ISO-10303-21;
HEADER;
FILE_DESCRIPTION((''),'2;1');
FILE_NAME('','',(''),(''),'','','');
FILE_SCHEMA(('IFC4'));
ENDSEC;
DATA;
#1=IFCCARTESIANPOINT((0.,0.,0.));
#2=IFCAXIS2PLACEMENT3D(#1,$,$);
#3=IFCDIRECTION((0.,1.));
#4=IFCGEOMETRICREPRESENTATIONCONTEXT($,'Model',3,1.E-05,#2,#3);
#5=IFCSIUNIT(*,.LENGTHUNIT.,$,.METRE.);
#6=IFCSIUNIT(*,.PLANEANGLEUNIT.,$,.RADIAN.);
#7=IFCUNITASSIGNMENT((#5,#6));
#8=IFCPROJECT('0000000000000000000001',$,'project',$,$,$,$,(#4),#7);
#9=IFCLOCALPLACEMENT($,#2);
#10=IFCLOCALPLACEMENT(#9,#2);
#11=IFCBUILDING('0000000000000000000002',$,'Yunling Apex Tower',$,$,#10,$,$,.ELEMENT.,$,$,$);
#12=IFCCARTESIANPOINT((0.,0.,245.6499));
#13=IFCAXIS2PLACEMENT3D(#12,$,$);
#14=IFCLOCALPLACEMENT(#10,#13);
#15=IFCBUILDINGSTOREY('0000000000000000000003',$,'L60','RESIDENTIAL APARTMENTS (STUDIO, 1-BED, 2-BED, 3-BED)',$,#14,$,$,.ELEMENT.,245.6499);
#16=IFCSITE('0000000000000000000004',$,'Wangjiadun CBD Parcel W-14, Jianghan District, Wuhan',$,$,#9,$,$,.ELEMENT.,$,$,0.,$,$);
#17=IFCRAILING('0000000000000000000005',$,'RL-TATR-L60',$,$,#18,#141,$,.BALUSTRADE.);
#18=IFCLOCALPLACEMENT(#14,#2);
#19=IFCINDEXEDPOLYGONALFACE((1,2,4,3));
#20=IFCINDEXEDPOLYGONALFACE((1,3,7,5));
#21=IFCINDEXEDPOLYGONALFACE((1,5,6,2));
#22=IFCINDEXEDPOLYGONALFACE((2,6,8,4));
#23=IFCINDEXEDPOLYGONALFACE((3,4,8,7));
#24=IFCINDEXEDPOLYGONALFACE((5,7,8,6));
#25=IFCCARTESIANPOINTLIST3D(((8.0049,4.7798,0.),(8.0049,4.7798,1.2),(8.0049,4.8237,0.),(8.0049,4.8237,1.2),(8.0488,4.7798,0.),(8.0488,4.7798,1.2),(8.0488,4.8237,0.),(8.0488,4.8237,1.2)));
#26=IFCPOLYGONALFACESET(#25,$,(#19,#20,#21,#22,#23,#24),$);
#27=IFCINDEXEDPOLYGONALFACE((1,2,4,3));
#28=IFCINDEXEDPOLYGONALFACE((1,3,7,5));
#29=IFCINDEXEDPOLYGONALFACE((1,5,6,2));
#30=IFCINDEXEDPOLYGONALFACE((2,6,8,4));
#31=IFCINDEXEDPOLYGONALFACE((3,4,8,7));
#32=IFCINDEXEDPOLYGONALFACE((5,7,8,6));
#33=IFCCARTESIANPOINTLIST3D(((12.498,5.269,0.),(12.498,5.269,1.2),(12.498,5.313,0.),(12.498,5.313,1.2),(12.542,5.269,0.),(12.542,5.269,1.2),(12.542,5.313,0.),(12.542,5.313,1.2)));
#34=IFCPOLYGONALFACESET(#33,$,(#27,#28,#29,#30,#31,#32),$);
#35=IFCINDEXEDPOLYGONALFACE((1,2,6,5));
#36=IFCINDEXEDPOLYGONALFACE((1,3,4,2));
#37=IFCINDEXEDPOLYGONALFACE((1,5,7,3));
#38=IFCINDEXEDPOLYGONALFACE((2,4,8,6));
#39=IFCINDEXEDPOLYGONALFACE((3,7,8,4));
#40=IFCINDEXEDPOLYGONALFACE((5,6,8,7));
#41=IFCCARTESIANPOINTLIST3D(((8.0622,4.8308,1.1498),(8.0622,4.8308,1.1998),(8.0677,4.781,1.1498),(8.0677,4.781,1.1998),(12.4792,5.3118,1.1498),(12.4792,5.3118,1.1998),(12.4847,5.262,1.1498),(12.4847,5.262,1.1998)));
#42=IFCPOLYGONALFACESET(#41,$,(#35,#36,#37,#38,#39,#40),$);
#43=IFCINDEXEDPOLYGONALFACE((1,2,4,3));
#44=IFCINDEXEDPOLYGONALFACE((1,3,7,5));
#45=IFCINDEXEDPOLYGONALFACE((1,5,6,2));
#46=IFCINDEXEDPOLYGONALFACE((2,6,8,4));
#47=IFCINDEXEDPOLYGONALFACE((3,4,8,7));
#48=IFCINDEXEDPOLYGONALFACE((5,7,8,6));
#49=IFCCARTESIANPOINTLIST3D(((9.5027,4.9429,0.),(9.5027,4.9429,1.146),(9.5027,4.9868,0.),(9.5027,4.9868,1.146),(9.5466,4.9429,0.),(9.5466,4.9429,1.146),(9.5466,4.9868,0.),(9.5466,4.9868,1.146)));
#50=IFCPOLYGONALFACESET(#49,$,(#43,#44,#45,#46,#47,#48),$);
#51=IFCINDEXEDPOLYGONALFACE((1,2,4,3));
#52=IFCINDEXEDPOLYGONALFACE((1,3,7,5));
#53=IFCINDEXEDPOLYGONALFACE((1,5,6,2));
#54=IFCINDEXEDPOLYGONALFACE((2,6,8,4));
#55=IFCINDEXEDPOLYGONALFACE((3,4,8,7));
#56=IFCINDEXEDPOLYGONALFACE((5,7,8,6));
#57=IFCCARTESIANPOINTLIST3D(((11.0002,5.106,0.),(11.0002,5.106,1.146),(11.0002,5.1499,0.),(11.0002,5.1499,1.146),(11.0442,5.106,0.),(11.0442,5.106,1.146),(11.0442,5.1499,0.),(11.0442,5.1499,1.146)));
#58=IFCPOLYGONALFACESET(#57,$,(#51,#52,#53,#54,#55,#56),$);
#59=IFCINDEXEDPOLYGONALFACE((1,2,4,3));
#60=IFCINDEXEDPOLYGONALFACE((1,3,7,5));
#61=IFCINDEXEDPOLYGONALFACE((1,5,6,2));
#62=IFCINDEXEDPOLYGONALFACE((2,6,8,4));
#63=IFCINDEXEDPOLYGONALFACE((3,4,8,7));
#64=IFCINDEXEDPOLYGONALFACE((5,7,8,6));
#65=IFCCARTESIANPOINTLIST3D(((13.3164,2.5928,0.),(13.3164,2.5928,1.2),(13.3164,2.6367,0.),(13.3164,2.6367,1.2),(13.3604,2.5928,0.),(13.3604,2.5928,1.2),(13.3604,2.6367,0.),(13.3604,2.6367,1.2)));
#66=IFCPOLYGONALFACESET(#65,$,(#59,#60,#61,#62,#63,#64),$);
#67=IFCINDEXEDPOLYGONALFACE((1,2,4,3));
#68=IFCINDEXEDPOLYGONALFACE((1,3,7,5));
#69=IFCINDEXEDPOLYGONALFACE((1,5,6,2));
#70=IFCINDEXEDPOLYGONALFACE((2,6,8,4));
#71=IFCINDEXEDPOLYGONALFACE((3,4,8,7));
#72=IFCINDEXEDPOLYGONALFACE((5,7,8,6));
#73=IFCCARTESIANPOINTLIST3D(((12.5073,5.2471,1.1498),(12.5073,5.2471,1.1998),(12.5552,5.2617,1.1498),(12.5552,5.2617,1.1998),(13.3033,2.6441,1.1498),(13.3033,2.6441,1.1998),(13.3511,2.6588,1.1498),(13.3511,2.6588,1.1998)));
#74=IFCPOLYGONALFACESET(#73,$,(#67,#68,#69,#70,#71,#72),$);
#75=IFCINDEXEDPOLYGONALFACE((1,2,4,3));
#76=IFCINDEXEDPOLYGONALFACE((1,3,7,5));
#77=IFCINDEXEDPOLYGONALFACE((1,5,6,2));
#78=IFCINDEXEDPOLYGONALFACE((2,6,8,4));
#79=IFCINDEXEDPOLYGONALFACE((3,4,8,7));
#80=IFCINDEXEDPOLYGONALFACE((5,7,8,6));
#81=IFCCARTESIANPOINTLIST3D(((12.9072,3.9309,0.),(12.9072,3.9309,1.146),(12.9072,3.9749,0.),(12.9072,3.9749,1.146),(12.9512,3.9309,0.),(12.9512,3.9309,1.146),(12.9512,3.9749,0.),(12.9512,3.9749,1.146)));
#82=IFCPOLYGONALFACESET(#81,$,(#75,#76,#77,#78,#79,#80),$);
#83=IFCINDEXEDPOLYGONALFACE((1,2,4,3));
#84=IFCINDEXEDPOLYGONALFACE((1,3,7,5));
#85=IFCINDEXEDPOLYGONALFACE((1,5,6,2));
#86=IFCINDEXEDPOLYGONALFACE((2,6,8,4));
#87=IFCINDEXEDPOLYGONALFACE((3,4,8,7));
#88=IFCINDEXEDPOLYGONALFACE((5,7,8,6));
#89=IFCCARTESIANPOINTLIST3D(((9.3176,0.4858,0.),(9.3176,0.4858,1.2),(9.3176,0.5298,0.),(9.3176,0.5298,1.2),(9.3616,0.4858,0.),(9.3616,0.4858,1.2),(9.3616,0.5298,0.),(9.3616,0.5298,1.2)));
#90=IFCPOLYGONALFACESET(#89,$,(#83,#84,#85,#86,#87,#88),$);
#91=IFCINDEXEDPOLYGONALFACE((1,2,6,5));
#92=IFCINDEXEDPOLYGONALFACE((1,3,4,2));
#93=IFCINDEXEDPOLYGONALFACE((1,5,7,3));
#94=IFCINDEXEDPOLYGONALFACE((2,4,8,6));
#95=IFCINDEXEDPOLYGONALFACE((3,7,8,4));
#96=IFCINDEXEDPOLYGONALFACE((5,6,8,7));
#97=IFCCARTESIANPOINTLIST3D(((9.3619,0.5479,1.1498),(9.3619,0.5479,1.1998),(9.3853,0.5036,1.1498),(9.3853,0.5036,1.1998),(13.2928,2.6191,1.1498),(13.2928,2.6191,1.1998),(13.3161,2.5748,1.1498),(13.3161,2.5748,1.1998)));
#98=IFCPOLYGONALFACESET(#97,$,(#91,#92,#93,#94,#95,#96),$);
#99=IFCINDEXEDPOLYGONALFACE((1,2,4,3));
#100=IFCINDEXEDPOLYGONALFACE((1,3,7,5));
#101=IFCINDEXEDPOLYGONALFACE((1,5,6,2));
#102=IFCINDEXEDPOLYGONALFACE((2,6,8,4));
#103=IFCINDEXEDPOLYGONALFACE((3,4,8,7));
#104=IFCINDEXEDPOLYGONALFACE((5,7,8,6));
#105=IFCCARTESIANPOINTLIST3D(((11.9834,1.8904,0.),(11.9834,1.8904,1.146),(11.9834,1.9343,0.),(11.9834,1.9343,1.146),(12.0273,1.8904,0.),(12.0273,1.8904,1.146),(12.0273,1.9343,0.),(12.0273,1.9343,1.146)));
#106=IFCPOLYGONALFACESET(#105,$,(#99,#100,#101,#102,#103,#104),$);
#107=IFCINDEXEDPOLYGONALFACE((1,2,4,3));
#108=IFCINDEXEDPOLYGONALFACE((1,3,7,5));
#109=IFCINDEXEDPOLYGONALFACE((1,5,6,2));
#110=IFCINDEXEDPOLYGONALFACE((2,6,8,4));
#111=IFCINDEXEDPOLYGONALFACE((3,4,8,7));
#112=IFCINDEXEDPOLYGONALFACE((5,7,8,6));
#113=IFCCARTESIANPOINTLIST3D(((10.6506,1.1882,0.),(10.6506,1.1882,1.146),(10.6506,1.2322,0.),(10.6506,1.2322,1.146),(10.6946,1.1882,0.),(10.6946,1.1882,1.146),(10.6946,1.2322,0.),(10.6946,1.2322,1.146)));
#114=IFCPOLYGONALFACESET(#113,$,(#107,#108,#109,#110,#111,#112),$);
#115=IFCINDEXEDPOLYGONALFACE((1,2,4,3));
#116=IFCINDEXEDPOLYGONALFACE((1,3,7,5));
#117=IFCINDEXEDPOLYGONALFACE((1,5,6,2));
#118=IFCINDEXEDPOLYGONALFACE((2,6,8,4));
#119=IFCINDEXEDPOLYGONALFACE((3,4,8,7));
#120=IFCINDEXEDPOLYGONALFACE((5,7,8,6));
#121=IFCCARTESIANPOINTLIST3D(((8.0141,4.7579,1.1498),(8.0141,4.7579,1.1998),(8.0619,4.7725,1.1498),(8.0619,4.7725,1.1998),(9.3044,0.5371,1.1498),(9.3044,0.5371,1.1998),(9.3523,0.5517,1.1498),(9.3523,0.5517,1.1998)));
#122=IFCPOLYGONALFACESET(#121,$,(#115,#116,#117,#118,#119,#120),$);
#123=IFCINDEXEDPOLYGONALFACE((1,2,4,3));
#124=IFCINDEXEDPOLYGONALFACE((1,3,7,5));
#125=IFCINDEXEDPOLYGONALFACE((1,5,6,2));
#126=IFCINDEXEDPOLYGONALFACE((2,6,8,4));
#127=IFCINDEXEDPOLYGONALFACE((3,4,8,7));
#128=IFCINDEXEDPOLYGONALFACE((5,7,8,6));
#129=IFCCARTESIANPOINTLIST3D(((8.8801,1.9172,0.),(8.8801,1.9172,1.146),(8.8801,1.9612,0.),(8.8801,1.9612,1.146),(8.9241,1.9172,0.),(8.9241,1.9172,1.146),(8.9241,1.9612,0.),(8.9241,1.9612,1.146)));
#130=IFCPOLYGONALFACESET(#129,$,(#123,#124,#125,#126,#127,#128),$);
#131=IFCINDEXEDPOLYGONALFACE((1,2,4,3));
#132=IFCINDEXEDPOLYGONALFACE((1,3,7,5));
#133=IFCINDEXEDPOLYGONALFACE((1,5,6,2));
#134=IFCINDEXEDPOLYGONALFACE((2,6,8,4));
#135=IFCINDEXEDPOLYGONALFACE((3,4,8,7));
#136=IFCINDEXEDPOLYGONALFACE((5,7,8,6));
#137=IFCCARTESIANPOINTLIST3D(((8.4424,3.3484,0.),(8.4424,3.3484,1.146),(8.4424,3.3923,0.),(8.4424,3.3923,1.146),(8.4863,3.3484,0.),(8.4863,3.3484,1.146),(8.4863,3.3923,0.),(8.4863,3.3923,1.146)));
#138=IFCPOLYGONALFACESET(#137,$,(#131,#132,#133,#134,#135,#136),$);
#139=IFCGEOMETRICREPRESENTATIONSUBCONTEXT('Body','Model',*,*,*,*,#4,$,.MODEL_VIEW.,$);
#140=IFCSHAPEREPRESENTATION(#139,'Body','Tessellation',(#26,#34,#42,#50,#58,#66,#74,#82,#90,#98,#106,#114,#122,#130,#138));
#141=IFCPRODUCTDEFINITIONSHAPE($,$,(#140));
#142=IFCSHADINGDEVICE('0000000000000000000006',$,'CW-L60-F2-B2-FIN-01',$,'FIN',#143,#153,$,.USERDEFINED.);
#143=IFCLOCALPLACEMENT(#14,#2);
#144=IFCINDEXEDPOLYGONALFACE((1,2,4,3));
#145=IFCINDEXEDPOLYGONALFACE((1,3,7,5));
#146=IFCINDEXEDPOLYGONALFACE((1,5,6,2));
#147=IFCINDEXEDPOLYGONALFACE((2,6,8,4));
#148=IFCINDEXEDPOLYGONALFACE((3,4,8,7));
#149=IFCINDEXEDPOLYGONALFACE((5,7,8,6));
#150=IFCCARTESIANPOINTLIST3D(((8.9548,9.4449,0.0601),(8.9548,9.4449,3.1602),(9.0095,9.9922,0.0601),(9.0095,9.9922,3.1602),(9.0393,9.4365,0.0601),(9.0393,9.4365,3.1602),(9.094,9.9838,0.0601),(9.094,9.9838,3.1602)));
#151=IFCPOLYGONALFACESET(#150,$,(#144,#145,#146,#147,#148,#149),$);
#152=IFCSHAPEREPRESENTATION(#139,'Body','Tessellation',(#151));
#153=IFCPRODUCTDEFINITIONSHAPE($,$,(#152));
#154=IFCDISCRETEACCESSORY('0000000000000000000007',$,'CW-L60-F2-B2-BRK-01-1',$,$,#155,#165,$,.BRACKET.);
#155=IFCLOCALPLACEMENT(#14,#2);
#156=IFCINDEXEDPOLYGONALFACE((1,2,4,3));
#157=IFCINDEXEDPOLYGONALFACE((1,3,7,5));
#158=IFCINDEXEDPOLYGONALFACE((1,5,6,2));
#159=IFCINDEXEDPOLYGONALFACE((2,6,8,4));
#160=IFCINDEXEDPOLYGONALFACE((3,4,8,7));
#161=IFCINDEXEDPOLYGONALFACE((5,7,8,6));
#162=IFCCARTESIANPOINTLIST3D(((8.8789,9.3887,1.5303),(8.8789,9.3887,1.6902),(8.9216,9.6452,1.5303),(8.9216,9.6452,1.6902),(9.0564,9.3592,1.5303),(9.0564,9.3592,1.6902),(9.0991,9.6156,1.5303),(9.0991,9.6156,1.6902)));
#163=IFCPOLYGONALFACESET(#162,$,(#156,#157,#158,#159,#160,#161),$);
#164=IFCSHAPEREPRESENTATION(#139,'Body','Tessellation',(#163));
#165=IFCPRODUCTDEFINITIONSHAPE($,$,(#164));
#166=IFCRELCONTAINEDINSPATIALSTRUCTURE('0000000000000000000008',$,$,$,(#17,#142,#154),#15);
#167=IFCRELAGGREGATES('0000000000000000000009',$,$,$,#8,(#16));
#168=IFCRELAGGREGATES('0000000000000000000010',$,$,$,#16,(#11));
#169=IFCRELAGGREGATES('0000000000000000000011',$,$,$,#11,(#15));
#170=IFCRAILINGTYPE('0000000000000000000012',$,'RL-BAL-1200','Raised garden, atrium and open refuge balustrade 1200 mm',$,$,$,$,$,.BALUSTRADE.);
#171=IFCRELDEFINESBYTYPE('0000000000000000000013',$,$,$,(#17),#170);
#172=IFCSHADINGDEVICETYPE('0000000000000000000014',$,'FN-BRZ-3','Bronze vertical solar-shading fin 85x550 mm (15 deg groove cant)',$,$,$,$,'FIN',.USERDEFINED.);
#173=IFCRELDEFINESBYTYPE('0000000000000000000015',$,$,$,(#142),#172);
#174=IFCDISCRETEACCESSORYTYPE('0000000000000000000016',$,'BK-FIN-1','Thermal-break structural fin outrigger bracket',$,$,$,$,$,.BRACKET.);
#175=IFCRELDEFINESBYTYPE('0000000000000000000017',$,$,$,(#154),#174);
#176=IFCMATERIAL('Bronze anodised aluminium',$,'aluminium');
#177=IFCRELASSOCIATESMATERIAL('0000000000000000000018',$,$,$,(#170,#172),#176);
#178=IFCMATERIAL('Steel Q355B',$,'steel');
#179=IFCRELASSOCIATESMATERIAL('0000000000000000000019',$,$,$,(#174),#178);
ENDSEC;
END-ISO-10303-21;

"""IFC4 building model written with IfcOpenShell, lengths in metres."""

from ifc_helpers import new_model, si_unit, direction, frame, origin, origin_2d, place, context, subcontext, project, spatial, rectangle, extrude, source, transform, mapped, material, material_profile, profile_set, type_object, element, save


model = new_model("IFC4")

# Units and contexts
model_context = context("Model", 3, precision=1e-05, world=origin(), true_north=direction((0.0, 1.0)))
body_context = subcontext(model_context, "Body", "Model", "MODEL_VIEW")
ifc_project = project(units=[si_unit("LENGTHUNIT", "METRE"), si_unit("PLANEANGLEUNIT", "RADIAN")], contexts=[model_context])

# Site, building, storey
site_placement = place(None, origin())
site = spatial("IfcSite", under=ifc_project, at=site_placement, Name="Wangjiadun CBD Parcel W-14, Jianghan District, Wuhan", CompositionType="ELEMENT", RefElevation=0.0)
building_placement = place(site_placement, origin())
building = spatial("IfcBuilding", under=site, at=building_placement, Name="Yunling Apex Tower", CompositionType="ELEMENT")
storey_placement = place(building_placement, frame((0.0, 0.0, 245.6499)))
storey = spatial("IfcBuildingStorey", under=building, at=storey_placement, Name="L60", Description="RESIDENTIAL APARTMENTS (STUDIO, 1-BED, 2-BED, 3-BED)", CompositionType="ELEMENT", Elevation=245.6499)

# Shared definitions
ifc_material_1 = material(Name="Steel Q355B", Category="steel")

# Shared definitions
ifc_material_2 = material(Name="Bronze anodised aluminium", Category="aluminium")

# Railing
railing_type = type_object("IfcRailingType", Name="RL-BAL-1200", Description="Raised garden, atrium and open refuge balustrade 1200 mm", PredefinedType="BALUSTRADE", material=ifc_material_2)
railing_1_placement = place(storey_placement, frame((8.0269, 4.8018, 0.0)))
element("IfcRailing", 1, at=railing_1_placement, inside=storey, type_object=railing_type, Name="RL-TATR-L60", PredefinedType="BALUSTRADE", context=body_context, shape_type="SweptSolid", body=[
    extrude(rectangle(XDim=0.0439, YDim=0.0439, at=origin_2d()), origin(), (0.0, 0.0, 1.0), 1.2),
    extrude(rectangle(XDim=0.0439, YDim=0.0439, at=origin_2d()), frame((4.4932, 0.4893, 0.0)), (0.0, 0.0, 1.0), 1.2),
    extrude(rectangle(XDim=0.05, YDim=0.05, at=origin_2d()), frame((0.0381, 0.0042, 1.1748), z_axis=(0.994124, 0.10825, 0.0), x_axis=(-0.10825, 0.994124, 0.0)), (0.0, 0.0, 1.0), 4.4431),
    extrude(rectangle(XDim=0.0439, YDim=0.0439, at=origin_2d()), frame((1.4978, 0.1631, 0.0)), (0.0, 0.0, 1.0), 1.146),
    extrude(rectangle(XDim=0.0439, YDim=0.0439, at=origin_2d()), frame((2.9954, 0.3262, 0.0)), (0.0, 0.0, 1.0), 1.146),
    extrude(rectangle(XDim=0.0439, YDim=0.0439, at=origin_2d()), frame((5.3115, -2.187, 0.0)), (0.0, 0.0, 1.0), 1.2),
    extrude(rectangle(XDim=0.05, YDim=0.05, at=origin_2d()), frame((4.5044, 0.4526, 1.1748), z_axis=(0.292418, -0.956291, 0.0), x_axis=(0.956291, 0.292418, 0.0)), (0.0, 0.0, 1.0), 2.7219),
    extrude(rectangle(XDim=0.0439, YDim=0.0439, at=origin_2d()), frame((4.9023, -0.8489, 0.0)), (0.0, 0.0, 1.0), 1.146),
    extrude(rectangle(XDim=0.0439, YDim=0.0439, at=origin_2d()), frame((1.3127, -4.2939, 0.0)), (0.0, 0.0, 1.0), 1.2),
    extrude(rectangle(XDim=0.05, YDim=0.05, at=origin_2d()), frame((5.2776, -2.2048, 1.1748), z_axis=(-0.884707, -0.466147, 0.0), x_axis=(0.466147, -0.884707, 0.0)), (0.0, 0.0, 1.0), 4.4431),
    extrude(rectangle(XDim=0.0439, YDim=0.0439, at=origin_2d()), frame((3.9785, -2.8894, 0.0)), (0.0, 0.0, 1.0), 1.146),
    extrude(rectangle(XDim=0.0439, YDim=0.0439, at=origin_2d()), frame((2.6458, -3.5916, 0.0)), (0.0, 0.0, 1.0), 1.146),
    extrude(rectangle(XDim=0.05, YDim=0.05, at=origin_2d()), frame((1.3015, -4.2573, 1.1748), z_axis=(-0.292362, 0.956308, 0.0), x_axis=(-0.956308, -0.292362, 0.0)), (0.0, 0.0, 1.0), 4.4136),
    extrude(rectangle(XDim=0.0439, YDim=0.0439, at=origin_2d()), frame((0.8752, -2.8625, 0.0)), (0.0, 0.0, 1.0), 1.146),
    extrude(rectangle(XDim=0.0439, YDim=0.0439, at=origin_2d()), frame((0.4375, -1.4314, 0.0)), (0.0, 0.0, 1.0), 1.146),
])

# Shading device
ifc_material_profile_1 = material_profile(ifc_material_2, rectangle(XDim=0.085, YDim=0.55, at=origin_2d()))
ifc_profile_set_1 = profile_set([ifc_material_profile_1], Name="Bronze anodised aluminium")
shading_device_type = type_object("IfcShadingDeviceType", Name="FN-BRZ-3", Description="Bronze vertical solar-shading fin 85x550 mm (15 deg groove cant)", ElementType="FIN", PredefinedType="USERDEFINED", material=ifc_profile_set_1)
shared_shape_1 = source(origin(), body_context, "Body", "SweptSolid", [
    extrude(rectangle(XDim=0.085, YDim=0.55, at=origin_2d()), origin(), (0.0, 0.0, 1.0), 3.1001),
])
shading_device_placement = place(storey_placement, frame((9.0244, 9.7144, 0.0601), z_axis=(0.0, 0.0, 1.0), x_axis=(-0.995038, 0.099493, 0.0)))
element("IfcShadingDevice", 2, at=shading_device_placement, inside=storey, type_object=shading_device_type, Name="CW-L60-F2-B2-FIN-01", ObjectType="FIN", PredefinedType="USERDEFINED", context=body_context, shape_type="MappedRepresentation", body=[
    mapped(shared_shape_1, transform((0.0, 0.0, 0.0), scale=1.0)),
])

# Discrete accessory
discrete_accessory_type = type_object("IfcDiscreteAccessoryType", Name="BK-FIN-1", Description="Thermal-break structural fin outrigger bracket", PredefinedType="BRACKET", material=ifc_material_1)
shared_shape_2 = source(origin(), body_context, "Body", "SweptSolid", [
    extrude(rectangle(XDim=0.1799, YDim=0.26, at=origin_2d()), origin(), (0.0, 0.0, 1.0), 0.1599),
])
discrete_accessory_placement = place(storey_placement, frame((8.989, 9.5022, 1.5303), z_axis=(0.0, 0.0, 1.0), x_axis=(-0.986401, 0.164359, 0.0)))
element("IfcDiscreteAccessory", 3, at=discrete_accessory_placement, inside=storey, type_object=discrete_accessory_type, Name="CW-L60-F2-B2-BRK-01-1", PredefinedType="BRACKET", context=body_context, shape_type="MappedRepresentation", body=[
    mapped(shared_shape_2, transform((0.0, 0.0, 0.0), scale=1.0)),
])

save(model, "model.ifc")
